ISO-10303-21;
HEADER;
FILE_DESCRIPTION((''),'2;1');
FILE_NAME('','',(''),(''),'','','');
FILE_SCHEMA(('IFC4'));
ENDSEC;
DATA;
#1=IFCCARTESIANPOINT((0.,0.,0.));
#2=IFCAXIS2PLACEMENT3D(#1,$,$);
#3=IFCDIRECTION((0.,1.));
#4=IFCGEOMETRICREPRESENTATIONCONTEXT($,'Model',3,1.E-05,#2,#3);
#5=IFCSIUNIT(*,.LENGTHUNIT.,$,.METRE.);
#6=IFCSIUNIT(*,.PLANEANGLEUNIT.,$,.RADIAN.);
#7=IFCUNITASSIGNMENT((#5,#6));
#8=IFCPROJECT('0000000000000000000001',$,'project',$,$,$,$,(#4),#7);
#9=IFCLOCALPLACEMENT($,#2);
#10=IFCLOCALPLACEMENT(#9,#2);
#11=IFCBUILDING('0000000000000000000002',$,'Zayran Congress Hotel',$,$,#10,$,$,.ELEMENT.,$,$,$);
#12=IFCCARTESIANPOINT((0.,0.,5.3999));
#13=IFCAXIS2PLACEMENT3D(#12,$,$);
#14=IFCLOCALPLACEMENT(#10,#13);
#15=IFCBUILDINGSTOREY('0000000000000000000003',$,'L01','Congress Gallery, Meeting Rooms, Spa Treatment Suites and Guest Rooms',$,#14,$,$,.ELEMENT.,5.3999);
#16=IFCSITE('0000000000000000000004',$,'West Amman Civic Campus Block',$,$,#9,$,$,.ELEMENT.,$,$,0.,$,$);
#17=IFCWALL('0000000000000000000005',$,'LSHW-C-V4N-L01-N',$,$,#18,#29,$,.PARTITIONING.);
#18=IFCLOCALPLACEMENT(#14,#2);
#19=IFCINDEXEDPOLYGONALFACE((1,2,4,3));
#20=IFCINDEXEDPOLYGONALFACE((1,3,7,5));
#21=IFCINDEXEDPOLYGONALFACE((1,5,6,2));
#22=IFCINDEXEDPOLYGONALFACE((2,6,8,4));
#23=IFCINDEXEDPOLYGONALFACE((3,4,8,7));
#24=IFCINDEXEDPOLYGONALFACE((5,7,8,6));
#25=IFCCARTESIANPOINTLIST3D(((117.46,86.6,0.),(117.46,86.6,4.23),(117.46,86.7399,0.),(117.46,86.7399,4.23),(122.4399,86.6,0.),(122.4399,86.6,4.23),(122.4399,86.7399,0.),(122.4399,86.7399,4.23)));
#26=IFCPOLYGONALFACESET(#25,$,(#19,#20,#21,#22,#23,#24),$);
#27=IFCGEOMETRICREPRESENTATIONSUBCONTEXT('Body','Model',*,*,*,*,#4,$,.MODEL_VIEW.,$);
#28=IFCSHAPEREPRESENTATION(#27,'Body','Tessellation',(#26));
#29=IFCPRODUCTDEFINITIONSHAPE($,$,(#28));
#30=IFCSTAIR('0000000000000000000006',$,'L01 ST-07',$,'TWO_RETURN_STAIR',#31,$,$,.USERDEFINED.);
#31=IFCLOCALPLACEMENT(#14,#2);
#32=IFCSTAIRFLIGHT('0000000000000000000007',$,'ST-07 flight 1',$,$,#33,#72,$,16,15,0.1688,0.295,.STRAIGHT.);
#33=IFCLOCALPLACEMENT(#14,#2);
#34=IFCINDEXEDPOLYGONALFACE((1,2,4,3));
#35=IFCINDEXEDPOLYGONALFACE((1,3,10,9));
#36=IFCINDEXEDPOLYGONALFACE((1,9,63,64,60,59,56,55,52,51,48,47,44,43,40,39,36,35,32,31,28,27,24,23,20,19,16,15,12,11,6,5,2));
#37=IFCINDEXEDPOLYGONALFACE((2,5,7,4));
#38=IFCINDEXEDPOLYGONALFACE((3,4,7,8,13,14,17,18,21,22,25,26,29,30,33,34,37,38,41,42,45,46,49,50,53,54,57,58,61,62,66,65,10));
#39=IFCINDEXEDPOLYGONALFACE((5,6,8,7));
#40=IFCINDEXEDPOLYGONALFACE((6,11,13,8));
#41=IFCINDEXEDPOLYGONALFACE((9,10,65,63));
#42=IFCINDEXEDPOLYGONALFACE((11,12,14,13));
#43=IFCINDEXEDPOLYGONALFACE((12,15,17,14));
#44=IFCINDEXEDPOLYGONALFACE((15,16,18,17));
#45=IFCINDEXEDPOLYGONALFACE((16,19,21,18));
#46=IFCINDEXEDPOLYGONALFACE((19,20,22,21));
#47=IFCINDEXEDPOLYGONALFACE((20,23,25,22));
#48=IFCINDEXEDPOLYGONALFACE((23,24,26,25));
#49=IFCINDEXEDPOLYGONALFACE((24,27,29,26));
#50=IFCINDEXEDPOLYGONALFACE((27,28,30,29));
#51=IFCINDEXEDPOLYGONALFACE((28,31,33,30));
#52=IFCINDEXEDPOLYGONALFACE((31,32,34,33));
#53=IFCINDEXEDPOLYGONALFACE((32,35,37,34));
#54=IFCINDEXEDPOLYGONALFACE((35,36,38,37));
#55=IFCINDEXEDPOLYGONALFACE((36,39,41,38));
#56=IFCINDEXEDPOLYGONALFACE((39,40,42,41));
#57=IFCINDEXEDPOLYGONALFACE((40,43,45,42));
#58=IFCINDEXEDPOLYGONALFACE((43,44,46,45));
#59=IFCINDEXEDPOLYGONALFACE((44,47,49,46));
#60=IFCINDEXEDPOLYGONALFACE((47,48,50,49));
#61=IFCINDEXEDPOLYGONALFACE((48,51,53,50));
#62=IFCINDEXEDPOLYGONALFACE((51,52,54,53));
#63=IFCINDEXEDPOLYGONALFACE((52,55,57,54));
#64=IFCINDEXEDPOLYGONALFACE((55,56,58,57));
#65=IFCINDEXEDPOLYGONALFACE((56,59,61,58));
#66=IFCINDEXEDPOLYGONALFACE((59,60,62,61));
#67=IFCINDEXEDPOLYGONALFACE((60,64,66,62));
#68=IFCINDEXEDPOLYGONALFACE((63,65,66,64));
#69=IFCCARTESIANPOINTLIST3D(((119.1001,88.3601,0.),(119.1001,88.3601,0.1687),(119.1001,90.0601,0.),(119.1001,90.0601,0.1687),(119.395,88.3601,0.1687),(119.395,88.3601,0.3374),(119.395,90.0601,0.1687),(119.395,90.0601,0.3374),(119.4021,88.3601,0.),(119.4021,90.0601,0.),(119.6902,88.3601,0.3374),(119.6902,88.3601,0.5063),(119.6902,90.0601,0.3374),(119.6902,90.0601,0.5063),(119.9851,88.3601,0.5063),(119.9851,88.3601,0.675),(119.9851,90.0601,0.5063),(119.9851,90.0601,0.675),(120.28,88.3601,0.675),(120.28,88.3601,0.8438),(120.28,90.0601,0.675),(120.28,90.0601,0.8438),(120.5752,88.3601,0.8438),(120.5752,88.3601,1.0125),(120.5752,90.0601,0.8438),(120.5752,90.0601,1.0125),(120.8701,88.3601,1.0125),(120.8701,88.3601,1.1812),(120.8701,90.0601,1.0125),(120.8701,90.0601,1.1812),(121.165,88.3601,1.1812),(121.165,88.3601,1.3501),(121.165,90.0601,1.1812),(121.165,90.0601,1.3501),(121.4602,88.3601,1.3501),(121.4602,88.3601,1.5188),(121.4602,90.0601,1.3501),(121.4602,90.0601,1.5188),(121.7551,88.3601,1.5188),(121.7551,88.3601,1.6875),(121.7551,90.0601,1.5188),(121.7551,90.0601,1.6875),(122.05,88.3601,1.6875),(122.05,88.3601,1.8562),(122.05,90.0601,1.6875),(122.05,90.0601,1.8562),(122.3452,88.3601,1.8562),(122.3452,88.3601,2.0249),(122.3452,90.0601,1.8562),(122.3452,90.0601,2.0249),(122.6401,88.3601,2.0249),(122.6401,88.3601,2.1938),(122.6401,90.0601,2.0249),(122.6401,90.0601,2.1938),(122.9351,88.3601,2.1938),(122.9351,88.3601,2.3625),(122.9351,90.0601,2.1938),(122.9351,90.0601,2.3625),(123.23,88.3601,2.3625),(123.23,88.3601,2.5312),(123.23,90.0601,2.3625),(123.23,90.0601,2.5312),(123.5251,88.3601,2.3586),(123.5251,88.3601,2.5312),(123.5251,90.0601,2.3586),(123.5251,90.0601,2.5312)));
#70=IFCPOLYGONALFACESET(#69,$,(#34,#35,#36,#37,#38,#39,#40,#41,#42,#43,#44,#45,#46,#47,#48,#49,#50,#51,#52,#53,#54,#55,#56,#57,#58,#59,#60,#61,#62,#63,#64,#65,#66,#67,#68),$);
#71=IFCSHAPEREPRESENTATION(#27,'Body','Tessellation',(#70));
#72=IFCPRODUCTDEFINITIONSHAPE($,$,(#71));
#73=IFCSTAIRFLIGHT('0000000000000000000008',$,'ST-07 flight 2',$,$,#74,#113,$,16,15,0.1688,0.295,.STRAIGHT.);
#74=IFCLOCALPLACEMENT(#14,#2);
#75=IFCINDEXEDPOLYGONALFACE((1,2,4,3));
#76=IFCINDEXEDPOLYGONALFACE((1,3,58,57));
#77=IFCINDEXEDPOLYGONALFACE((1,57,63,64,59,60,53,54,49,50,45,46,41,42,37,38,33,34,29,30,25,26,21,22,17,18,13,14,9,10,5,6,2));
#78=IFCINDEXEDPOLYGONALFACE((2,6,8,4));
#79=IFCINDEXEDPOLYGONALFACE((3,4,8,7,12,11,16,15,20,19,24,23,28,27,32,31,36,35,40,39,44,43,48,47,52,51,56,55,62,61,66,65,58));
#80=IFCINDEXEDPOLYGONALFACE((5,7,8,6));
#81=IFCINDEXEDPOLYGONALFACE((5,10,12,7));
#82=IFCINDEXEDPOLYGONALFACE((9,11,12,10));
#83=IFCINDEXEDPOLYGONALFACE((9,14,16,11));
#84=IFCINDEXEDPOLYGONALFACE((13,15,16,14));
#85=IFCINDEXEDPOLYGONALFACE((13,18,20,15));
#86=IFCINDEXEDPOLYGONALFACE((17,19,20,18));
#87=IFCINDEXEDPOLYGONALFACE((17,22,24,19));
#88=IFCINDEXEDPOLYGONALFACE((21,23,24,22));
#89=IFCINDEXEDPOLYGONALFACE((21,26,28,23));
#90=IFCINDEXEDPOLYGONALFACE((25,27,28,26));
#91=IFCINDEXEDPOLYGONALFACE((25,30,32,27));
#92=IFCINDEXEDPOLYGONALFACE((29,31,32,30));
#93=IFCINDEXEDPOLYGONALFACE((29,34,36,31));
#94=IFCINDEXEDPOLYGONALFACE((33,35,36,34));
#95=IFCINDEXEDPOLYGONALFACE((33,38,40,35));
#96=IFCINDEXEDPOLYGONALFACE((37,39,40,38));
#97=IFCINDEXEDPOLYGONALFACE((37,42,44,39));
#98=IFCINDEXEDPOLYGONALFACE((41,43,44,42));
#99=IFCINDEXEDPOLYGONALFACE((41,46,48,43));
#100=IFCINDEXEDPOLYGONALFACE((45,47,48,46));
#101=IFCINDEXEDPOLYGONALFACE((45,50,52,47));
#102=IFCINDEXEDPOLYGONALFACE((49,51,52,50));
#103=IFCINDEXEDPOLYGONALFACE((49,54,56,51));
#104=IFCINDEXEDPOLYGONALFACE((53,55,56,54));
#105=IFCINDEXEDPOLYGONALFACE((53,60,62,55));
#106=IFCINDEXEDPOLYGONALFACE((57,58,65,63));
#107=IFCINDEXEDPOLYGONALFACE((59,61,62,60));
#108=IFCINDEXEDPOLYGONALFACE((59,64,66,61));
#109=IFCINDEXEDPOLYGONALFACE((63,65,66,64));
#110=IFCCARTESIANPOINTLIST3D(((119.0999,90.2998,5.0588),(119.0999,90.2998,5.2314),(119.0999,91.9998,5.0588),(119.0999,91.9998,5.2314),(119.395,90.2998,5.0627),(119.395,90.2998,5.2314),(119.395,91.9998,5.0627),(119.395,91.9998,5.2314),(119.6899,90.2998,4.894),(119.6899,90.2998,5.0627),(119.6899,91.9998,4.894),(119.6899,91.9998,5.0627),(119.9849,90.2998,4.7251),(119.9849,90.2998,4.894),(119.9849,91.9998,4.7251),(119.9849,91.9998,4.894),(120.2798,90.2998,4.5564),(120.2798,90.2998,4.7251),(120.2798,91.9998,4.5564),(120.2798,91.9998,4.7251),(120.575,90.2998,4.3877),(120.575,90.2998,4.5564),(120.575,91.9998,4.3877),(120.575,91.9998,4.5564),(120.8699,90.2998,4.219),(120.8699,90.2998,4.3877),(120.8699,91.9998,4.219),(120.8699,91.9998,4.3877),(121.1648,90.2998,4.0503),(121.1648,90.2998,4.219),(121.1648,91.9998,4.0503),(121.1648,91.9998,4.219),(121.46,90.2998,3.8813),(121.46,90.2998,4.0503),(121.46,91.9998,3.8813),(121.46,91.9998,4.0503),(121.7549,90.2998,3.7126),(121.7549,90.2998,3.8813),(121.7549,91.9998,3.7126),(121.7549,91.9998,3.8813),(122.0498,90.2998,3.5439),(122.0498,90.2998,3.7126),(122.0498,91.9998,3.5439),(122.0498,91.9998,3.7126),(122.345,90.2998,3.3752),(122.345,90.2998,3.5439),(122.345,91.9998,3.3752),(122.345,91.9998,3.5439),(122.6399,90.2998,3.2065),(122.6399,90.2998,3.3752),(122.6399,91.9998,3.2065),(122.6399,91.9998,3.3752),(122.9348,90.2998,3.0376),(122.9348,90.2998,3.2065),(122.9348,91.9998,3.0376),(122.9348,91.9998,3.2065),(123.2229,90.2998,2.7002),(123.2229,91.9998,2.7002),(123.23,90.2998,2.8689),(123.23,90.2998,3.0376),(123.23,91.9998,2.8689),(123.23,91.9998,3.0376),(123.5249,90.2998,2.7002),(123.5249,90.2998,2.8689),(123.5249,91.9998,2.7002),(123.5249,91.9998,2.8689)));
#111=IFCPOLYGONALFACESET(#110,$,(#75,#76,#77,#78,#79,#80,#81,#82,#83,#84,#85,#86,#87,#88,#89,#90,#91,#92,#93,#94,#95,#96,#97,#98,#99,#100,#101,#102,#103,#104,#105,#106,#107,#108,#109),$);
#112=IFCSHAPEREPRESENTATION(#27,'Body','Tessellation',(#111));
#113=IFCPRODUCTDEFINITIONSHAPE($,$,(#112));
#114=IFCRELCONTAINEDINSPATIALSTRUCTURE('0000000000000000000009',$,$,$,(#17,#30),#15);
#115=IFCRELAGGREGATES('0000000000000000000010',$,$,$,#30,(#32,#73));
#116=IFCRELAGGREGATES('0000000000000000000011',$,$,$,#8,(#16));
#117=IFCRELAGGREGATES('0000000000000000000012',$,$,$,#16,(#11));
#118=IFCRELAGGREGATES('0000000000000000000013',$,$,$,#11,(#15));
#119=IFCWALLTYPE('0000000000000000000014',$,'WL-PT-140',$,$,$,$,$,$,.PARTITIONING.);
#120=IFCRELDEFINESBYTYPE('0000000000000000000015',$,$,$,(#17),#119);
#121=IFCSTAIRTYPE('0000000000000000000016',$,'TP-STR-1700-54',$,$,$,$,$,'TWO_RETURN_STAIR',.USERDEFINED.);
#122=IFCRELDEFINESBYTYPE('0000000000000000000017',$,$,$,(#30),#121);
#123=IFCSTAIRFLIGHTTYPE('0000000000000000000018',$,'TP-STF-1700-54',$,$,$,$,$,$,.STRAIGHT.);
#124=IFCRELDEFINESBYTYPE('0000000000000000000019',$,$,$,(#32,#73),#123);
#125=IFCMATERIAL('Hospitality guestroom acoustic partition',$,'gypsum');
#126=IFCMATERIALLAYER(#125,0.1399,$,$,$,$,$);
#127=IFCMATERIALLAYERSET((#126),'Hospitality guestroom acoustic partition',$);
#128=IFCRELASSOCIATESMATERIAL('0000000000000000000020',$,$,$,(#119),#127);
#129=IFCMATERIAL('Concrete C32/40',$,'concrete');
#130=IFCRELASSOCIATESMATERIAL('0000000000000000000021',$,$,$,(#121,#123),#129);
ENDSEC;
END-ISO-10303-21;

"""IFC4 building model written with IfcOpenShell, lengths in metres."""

from ifc_helpers import new_model, si_unit, direction, frame, frame_2d, origin, place, context, subcontext, project, spatial, polyline, rectangle, outline, extrude, material, layer, layer_set, type_object, element, aggregate, save


model = new_model("IFC4")

# Units and contexts
model_context = context("Model", 3, precision=1e-05, world=origin(), true_north=direction((0.0, 1.0)))
body_context = subcontext(model_context, "Body", "Model", "MODEL_VIEW")
ifc_project = project(units=[si_unit("LENGTHUNIT", "METRE"), si_unit("PLANEANGLEUNIT", "RADIAN")], contexts=[model_context])

# Site, building, storey
site_placement = place(None, origin())
site = spatial("IfcSite", under=ifc_project, at=site_placement, Name="West Amman Civic Campus Block", CompositionType="ELEMENT", RefElevation=0.0)
building_placement = place(site_placement, origin())
building = spatial("IfcBuilding", under=site, at=building_placement, Name="Zayran Congress Hotel", CompositionType="ELEMENT")
storey_placement = place(building_placement, frame((0.0, 0.0, 5.3999)))
storey = spatial("IfcBuildingStorey", under=building, at=storey_placement, Name="L01", Description="Congress Gallery, Meeting Rooms, Spa Treatment Suites and Guest Rooms", CompositionType="ELEMENT", Elevation=5.3999)

# Wall
ifc_material_1 = material(Name="Hospitality guestroom acoustic partition", Category="gypsum")
ifc_layer_1 = layer(ifc_material_1, 0.1399)
ifc_layer_set_1 = layer_set([ifc_layer_1], Name="Hospitality guestroom acoustic partition")
wall_type_1 = type_object("IfcWallType", Name="WL-PT-140", PredefinedType="PARTITIONING", material=ifc_layer_set_1)
wall_1_placement = place(storey_placement, frame((117.46, 86.6699, 0.0), z_axis=(0.0, 0.0, 1.0), x_axis=(1.0, 0.0, 0.0)))
element("IfcWall", 1, at=wall_1_placement, inside=storey, type_object=wall_type_1, Name="LSHW-C-V4N-L01-N", PredefinedType="PARTITIONING", context=body_context, shape_type="SweptSolid", body=[
    extrude(rectangle(XDim=4.98, YDim=0.1399, at=frame_2d((2.49, 0.0))), origin(), (0.0, 0.0, 1.0), 4.23),
])

# Stair, stair flights
ifc_material_2 = material(Name="Concrete C32/40", Category="concrete")
stair_type = type_object("IfcStairType", Name="TP-STR-1700-54", ElementType="TWO_RETURN_STAIR", PredefinedType="USERDEFINED", material=ifc_material_2)
stair_placement = place(storey_placement, origin())
stair = element("IfcStair", 2, at=stair_placement, inside=storey, type_object=stair_type, Name="L01 ST-07", ObjectType="TWO_RETURN_STAIR", PredefinedType="USERDEFINED")
stair_flight_type = type_object("IfcStairFlightType", Name="TP-STF-1700-54", PredefinedType="STRAIGHT", material=ifc_material_2)
stair_flight_1_placement = place(storey_placement, frame((119.1001, 89.21, 0.0), z_axis=(0.0, 0.0, 1.0), x_axis=(1.0, 0.0, 0.0)))
stair_flight_1 = element("IfcStairFlight", 3, at=stair_flight_1_placement, type_object=stair_flight_type, Name="ST-07 flight 1", NumberOfRisers=16, NumberOfTreads=15, PredefinedType="STRAIGHT", RiserHeight=0.1688, TreadLength=0.295, context=body_context, shape_type="SweptSolid", body=[
    extrude(outline(polyline([(0.0, 0.0), (0.0, 0.1687), (0.2949, 0.1687), (0.2949, 0.3374), (0.5901, 0.3374), (0.5901, 0.5063), (0.885, 0.5063), (0.885, 0.675), (1.1799, 0.675), (1.1799, 0.8438), (1.4751, 0.8438), (1.4751, 1.0125), (1.77, 1.0125), (1.77, 1.1812), (2.0649, 1.1812), (2.0649, 1.3501), (2.3601, 1.3501), (2.3601, 1.5188), (2.655, 1.5188), (2.655, 1.6875), (2.95, 1.6875), (2.95, 1.8562), (3.2451, 1.8562), (3.2451, 2.0249), (3.54, 2.0249), (3.54, 2.1938), (3.835, 2.1938), (3.835, 2.3625), (4.1299, 2.3625), (4.1299, 2.5312), (4.425, 2.5312), (4.425, 2.7), (4.425, 2.3586), (0.302, 0.0), (0.0, 0.0)])), frame((0.0, 0.8501, 0.0), z_axis=(0.0, -1.0, 0.0), x_axis=(1.0, 0.0, 0.0)), (0.0, 0.0, 1.0), 1.7),
])
stair_flight_2_placement = place(storey_placement, frame((123.5249, 91.1499, 2.7002), z_axis=(0.0, 0.0, 1.0), x_axis=(-1.0, 0.0, 0.0)))
stair_flight_2 = element("IfcStairFlight", 4, at=stair_flight_2_placement, type_object=stair_flight_type, Name="ST-07 flight 2", NumberOfRisers=16, NumberOfTreads=15, PredefinedType="STRAIGHT", RiserHeight=0.1688, TreadLength=0.295, context=body_context, shape_type="SweptSolid", body=[
    extrude(outline(polyline([(0.0, 0.0), (0.0, 0.1687), (0.2949, 0.1687), (0.2949, 0.3374), (0.5901, 0.3374), (0.5901, 0.5063), (0.885, 0.5063), (0.885, 0.675), (1.1799, 0.675), (1.1799, 0.8438), (1.4751, 0.8438), (1.4751, 1.0125), (1.77, 1.0125), (1.77, 1.1812), (2.0649, 1.1812), (2.0649, 1.3501), (2.3601, 1.3501), (2.3601, 1.5188), (2.655, 1.5188), (2.655, 1.6875), (2.95, 1.6875), (2.95, 1.8562), (3.2451, 1.8562), (3.2451, 2.0249), (3.54, 2.0249), (3.54, 2.1938), (3.835, 2.1938), (3.835, 2.3625), (4.1299, 2.3625), (4.1299, 2.5312), (4.425, 2.5312), (4.425, 2.7), (4.425, 2.3586), (0.302, 0.0), (0.0, 0.0)])), frame((0.0, 0.8501, 0.0), z_axis=(0.0, -1.0, 0.0), x_axis=(1.0, 0.0, 0.0)), (0.0, 0.0, 1.0), 1.7),
])
aggregate(stair, [stair_flight_1, stair_flight_2])

save(model, "model.ifc")
